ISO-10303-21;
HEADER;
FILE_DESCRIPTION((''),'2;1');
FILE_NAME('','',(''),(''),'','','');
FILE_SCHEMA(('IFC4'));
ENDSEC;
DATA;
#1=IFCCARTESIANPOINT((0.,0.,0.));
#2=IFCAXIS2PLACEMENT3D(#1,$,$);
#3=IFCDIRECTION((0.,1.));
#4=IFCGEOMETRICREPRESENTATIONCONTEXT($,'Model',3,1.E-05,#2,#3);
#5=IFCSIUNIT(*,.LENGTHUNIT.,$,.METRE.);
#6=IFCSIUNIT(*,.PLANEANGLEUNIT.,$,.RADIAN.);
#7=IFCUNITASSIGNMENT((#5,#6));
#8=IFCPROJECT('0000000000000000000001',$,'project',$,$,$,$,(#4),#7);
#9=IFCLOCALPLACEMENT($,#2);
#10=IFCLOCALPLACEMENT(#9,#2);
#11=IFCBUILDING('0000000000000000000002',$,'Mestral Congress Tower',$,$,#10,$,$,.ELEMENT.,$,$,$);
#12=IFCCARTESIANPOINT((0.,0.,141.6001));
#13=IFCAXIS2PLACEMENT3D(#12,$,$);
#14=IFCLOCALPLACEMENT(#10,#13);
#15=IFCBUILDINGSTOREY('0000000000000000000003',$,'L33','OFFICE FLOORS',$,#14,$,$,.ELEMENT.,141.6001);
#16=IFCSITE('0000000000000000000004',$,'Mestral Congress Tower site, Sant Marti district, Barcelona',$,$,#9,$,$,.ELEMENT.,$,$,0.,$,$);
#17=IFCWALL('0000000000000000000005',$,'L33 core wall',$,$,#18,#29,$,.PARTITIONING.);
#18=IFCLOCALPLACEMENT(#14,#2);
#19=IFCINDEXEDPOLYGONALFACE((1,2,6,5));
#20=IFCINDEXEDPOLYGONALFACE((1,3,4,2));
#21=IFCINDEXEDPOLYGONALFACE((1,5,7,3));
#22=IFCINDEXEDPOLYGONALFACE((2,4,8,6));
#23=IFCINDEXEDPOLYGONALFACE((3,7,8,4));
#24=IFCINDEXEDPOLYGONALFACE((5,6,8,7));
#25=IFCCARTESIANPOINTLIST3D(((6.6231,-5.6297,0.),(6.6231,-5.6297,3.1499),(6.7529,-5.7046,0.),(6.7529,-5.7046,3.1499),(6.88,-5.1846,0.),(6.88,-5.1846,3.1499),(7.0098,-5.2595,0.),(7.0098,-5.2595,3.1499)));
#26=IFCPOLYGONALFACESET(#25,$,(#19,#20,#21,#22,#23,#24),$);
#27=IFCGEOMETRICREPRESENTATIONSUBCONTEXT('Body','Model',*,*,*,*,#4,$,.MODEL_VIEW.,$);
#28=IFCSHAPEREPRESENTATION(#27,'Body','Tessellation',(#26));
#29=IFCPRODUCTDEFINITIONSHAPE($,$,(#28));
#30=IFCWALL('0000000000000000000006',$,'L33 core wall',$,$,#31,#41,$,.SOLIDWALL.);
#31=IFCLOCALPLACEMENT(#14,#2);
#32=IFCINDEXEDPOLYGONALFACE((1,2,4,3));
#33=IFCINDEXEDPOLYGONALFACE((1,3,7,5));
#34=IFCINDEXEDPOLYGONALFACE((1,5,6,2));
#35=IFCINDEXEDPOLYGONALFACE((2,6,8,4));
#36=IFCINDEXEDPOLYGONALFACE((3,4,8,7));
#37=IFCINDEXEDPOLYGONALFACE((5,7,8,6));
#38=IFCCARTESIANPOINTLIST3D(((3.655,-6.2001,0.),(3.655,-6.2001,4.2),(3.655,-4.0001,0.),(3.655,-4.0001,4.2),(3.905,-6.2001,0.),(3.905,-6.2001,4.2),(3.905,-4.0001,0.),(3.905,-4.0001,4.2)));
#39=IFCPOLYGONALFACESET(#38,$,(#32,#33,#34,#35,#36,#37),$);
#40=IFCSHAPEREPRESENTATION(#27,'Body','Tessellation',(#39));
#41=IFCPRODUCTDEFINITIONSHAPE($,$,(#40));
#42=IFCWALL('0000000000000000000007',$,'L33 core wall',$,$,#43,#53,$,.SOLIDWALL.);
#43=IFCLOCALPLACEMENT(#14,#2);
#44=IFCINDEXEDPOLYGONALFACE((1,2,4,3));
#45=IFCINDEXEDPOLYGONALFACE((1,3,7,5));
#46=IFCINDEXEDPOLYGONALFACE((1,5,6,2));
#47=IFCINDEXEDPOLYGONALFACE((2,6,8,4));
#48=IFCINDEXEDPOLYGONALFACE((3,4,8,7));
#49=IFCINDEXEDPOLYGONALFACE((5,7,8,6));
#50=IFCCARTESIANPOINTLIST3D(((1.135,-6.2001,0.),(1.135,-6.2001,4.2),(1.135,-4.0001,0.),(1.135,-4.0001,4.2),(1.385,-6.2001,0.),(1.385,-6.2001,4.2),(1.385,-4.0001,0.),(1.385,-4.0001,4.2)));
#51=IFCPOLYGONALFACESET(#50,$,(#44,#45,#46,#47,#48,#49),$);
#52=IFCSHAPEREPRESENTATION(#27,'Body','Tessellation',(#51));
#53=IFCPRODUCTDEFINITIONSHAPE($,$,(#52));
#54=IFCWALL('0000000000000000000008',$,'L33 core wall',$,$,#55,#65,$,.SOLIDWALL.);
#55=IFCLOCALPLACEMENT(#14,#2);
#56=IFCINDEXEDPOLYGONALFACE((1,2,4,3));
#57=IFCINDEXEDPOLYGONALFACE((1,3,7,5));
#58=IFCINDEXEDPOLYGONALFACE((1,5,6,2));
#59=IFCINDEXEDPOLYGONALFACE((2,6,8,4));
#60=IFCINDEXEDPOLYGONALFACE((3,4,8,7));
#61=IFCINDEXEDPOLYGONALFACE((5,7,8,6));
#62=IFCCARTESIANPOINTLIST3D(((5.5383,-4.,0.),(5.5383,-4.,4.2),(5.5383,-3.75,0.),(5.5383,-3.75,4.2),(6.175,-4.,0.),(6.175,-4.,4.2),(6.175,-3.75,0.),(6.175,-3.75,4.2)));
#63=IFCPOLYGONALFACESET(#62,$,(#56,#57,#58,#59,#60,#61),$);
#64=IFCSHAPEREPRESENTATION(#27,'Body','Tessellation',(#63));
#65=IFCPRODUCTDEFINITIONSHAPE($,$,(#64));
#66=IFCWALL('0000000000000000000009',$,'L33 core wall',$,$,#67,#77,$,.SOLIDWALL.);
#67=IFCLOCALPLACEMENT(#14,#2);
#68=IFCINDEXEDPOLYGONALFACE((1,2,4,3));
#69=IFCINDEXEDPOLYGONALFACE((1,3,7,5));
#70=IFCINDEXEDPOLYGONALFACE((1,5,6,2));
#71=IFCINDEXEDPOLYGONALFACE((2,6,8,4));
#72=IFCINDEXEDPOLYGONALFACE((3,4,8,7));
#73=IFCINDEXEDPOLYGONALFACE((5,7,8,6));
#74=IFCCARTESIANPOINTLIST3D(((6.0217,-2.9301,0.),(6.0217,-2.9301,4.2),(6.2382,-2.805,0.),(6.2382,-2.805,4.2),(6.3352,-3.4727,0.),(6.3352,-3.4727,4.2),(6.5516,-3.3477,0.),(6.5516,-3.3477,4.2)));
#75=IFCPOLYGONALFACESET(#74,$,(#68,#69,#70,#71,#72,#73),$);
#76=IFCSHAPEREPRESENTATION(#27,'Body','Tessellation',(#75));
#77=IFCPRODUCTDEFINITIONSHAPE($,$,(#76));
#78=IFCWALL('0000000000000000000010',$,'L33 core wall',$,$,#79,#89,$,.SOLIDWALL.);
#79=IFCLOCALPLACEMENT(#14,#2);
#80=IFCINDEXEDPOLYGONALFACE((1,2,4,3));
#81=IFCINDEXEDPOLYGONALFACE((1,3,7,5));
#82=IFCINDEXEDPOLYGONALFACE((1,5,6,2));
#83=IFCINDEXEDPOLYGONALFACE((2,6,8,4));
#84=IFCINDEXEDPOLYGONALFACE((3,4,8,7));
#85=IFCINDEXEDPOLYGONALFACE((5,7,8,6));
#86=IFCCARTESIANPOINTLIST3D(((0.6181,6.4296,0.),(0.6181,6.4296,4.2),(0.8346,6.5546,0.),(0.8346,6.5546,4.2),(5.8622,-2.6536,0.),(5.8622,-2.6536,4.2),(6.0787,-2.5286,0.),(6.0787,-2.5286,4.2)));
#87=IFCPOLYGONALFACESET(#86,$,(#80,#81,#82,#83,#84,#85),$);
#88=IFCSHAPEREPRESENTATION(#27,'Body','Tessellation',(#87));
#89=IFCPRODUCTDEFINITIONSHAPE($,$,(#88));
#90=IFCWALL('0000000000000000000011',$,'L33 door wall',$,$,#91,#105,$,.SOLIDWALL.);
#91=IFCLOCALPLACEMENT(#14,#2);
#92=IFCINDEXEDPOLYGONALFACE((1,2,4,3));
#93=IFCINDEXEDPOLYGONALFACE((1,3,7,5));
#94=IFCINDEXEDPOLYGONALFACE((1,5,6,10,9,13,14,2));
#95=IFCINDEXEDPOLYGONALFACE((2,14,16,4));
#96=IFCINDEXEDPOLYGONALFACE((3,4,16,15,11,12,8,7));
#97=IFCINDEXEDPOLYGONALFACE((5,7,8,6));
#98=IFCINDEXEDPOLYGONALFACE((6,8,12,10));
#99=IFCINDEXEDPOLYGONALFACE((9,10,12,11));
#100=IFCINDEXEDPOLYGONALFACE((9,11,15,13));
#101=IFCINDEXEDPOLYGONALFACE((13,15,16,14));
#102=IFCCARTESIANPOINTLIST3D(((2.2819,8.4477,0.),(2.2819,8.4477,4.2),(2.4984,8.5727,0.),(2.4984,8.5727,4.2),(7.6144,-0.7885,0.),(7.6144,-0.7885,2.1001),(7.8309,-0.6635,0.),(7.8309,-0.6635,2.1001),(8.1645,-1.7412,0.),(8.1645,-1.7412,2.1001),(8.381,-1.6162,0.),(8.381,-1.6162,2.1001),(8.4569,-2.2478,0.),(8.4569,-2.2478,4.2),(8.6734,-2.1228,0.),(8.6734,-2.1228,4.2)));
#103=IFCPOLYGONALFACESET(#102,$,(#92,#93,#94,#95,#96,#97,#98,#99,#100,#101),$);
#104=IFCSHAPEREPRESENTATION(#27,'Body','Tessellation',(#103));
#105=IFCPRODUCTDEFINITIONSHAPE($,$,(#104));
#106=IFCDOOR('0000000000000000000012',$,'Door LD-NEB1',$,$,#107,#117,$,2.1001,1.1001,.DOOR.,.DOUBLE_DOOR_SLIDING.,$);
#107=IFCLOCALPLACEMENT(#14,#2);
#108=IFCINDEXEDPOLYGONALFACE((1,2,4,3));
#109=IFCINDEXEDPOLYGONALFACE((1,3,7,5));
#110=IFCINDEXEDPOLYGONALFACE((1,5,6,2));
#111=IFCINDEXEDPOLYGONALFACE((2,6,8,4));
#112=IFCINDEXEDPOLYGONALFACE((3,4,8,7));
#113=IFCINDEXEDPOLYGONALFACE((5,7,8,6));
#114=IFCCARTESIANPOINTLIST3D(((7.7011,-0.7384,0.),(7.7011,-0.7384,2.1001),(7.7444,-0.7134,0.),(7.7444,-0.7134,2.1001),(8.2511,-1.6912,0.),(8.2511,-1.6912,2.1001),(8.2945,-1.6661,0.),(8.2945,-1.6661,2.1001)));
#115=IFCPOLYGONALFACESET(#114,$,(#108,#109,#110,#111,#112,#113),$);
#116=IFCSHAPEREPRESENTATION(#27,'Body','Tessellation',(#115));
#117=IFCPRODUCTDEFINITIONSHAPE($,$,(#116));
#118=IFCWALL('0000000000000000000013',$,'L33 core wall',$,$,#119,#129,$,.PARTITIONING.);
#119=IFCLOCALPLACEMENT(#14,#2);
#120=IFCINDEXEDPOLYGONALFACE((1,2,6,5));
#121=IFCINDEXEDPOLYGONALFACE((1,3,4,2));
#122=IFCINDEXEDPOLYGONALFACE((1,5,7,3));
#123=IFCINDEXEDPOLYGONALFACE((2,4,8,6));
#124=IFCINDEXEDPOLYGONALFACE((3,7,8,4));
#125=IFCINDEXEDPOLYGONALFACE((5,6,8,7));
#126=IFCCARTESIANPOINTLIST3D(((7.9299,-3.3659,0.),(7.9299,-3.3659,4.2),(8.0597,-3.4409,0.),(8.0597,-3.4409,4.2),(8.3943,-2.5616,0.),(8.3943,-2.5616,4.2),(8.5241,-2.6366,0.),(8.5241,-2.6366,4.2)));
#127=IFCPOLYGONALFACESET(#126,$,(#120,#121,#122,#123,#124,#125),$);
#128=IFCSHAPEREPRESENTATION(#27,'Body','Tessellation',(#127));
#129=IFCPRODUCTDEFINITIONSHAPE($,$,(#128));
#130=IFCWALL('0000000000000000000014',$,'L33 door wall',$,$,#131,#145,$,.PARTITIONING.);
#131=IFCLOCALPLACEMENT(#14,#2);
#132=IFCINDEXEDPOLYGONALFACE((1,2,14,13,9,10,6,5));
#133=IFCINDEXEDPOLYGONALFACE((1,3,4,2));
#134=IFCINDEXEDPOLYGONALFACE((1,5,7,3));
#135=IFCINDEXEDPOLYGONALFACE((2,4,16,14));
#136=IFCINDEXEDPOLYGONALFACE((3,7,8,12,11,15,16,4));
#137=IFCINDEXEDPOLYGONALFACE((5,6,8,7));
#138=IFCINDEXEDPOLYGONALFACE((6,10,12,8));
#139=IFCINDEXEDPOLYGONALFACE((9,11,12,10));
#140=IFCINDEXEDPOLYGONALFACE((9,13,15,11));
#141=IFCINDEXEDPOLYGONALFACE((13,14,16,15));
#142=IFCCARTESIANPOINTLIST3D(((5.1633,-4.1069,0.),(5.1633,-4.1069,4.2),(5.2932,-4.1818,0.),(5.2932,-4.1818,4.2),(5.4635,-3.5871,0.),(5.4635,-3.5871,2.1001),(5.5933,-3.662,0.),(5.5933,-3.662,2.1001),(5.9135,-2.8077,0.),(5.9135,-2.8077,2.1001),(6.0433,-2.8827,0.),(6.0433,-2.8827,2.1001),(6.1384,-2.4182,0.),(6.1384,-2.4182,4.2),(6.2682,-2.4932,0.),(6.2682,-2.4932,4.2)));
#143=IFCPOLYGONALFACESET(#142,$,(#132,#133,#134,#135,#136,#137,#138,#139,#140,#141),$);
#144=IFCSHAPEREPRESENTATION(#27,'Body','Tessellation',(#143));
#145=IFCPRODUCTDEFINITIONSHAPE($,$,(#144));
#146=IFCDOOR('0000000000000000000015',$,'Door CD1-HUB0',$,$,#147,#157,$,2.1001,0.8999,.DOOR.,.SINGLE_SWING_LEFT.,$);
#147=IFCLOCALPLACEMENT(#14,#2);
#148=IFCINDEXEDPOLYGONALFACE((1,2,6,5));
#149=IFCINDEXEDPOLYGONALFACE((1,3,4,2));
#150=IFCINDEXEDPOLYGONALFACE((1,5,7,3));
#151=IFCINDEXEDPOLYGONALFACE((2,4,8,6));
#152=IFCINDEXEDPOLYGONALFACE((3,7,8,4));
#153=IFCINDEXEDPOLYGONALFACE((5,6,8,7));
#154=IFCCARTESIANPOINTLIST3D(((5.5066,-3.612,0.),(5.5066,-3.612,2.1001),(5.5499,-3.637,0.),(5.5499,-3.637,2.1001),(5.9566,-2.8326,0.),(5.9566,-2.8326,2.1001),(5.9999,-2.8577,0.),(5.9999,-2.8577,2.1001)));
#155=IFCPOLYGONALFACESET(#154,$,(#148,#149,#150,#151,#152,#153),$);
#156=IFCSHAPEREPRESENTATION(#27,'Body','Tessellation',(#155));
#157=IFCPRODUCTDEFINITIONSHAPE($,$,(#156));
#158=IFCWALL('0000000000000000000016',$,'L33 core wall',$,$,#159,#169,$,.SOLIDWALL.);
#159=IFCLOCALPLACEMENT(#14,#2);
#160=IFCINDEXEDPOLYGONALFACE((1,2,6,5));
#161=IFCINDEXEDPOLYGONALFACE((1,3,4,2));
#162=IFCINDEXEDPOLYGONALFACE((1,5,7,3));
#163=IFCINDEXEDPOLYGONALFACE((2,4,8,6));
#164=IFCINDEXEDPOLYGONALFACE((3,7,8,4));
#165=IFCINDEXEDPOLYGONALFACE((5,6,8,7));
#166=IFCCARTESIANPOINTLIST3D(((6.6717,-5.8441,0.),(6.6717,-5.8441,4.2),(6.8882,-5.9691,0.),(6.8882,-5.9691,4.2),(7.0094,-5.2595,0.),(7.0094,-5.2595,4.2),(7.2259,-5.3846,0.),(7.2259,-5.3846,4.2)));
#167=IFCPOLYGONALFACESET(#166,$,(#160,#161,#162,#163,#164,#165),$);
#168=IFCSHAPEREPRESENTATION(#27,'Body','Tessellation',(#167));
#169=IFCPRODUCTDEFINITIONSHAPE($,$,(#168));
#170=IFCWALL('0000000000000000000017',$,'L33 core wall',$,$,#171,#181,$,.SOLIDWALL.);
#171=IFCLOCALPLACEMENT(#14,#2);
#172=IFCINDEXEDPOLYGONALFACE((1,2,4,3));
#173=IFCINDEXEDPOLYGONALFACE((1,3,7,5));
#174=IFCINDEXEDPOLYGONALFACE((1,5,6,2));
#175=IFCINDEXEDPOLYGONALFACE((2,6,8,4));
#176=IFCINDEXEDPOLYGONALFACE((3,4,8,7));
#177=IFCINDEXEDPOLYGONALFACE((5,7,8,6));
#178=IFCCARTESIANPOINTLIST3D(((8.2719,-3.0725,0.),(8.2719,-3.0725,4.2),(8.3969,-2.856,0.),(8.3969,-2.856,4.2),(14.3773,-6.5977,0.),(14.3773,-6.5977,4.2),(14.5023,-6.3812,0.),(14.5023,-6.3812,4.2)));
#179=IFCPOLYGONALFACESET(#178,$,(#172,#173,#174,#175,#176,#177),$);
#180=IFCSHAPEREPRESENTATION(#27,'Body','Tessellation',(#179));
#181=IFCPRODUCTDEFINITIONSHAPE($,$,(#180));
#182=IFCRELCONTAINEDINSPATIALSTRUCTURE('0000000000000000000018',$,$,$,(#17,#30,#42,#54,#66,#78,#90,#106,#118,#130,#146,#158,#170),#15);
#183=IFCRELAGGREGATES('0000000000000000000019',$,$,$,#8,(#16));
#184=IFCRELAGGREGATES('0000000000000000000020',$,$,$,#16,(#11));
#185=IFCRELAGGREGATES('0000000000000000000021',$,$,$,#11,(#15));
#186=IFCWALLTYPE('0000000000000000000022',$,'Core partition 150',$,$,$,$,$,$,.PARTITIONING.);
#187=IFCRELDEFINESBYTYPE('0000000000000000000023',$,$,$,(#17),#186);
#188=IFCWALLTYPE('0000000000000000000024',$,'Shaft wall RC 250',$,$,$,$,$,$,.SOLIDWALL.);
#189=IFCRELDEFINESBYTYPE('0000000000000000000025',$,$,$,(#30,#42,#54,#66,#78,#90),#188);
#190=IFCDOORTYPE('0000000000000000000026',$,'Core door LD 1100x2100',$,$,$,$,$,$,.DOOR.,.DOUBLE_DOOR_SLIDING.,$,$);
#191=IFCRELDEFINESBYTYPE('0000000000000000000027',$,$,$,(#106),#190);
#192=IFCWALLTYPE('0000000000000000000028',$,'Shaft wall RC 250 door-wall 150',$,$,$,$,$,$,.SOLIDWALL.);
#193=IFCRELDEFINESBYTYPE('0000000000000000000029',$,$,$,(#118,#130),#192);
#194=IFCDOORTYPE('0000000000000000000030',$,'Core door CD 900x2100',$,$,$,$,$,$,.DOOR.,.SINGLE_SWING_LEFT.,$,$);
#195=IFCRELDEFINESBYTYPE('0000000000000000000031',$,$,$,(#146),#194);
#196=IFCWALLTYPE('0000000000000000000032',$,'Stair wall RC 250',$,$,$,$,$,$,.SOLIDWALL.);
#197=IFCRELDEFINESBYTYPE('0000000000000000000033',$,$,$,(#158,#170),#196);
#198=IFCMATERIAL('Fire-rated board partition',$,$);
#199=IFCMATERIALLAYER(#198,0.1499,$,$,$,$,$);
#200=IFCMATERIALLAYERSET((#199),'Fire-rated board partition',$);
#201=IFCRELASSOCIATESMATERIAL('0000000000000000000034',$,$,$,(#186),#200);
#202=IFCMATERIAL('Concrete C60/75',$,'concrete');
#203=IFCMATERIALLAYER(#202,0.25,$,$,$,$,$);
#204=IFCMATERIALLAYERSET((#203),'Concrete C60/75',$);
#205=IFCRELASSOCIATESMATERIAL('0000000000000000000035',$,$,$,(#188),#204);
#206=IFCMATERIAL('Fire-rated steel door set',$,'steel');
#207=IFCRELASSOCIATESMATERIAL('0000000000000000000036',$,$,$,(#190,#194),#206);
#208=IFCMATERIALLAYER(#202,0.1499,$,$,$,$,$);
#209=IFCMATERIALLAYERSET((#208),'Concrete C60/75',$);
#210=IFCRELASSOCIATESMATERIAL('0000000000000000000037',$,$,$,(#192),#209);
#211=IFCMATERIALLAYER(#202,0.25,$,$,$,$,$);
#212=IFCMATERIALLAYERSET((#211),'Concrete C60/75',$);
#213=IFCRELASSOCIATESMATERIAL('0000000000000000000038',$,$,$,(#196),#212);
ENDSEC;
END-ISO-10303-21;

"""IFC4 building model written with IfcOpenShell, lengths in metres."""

from ifc_helpers import new_model, si_unit, direction, frame, frame_2d, origin, place, context, subcontext, project, spatial, rectangle, extrude, material, layer, layer_set, type_object, element, fill, save


model = new_model("IFC4")

# Units and contexts
model_context = context("Model", 3, precision=1e-05, world=origin(), true_north=direction((0.0, 1.0)))
body_context = subcontext(model_context, "Body", "Model", "MODEL_VIEW")
ifc_project = project(units=[si_unit("LENGTHUNIT", "METRE"), si_unit("PLANEANGLEUNIT", "RADIAN")], contexts=[model_context])

# Site, building, storey
site_placement = place(None, origin())
site = spatial("IfcSite", under=ifc_project, at=site_placement, Name="Mestral Congress Tower site, Sant Marti district, Barcelona", CompositionType="ELEMENT", RefElevation=0.0)
building_placement = place(site_placement, origin())
building = spatial("IfcBuilding", under=site, at=building_placement, Name="Mestral Congress Tower", CompositionType="ELEMENT")
storey_placement = place(building_placement, frame((0.0, 0.0, 141.6001)))
storey = spatial("IfcBuildingStorey", under=building, at=storey_placement, Name="L33", Description="OFFICE FLOORS", CompositionType="ELEMENT", Elevation=141.6001)

# Walls
ifc_material_1 = material(Name="Fire-rated board partition")
ifc_layer_1 = layer(ifc_material_1, 0.1499)
ifc_layer_set_1 = layer_set([ifc_layer_1], Name="Fire-rated board partition")
wall_type_1 = type_object("IfcWallType", Name="Core partition 150", PredefinedType="PARTITIONING", material=ifc_layer_set_1)
wall_1_placement = place(storey_placement, frame((6.9448, -5.2222, 0.0), z_axis=(0.0, 0.0, 1.0), x_axis=(-0.499818, -0.86613, 0.0)))
element("IfcWall", 1, at=wall_1_placement, inside=storey, type_object=wall_type_1, Name="L33 core wall", PredefinedType="PARTITIONING", context=body_context, shape_type="SweptSolid", body=[
    extrude(rectangle(XDim=0.5139, YDim=0.1499, at=frame_2d((0.2568, 0.0))), origin(), (0.0, 0.0, 1.0), 3.1499),
])
ifc_material_2 = material(Name="Concrete C60/75", Category="concrete")
ifc_layer_2 = layer(ifc_material_2, 0.25)
ifc_layer_set_2 = layer_set([ifc_layer_2], Name="Concrete C60/75")
wall_type_2 = type_object("IfcWallType", Name="Shaft wall RC 250", PredefinedType="SOLIDWALL", material=ifc_layer_set_2)
for number, where, z_axis, x_axis, name in (
    (2, (3.78, -4.0, 0.0), (0.0, 0.0, 1.0), (0.0, -1.0, 0.0), "L33 core wall"),
    (3, (1.26, -4.0, 0.0), (0.0, 0.0, 1.0), (0.0, -1.0, 0.0), "L33 core wall"),
):
    element("IfcWall", number, at=place(storey_placement, frame(where, z_axis=z_axis, x_axis=x_axis)), inside=storey, type_object=wall_type_2, Name=name, PredefinedType="SOLIDWALL", context=body_context, shape_type="SweptSolid", body=[
        extrude(rectangle(XDim=2.2, YDim=0.25, at=frame_2d((1.1001, 0.0))), origin(), (0.0, 0.0, 1.0), 4.2),
    ])
wall_2_placement = place(storey_placement, frame((5.5383, -3.875, 0.0), z_axis=(0.0, 0.0, 1.0), x_axis=(1.0, 0.0, 0.0)))
element("IfcWall", 4, at=wall_2_placement, inside=storey, type_object=wall_type_2, Name="L33 core wall", PredefinedType="SOLIDWALL", context=body_context, shape_type="SweptSolid", body=[
    extrude(rectangle(XDim=0.6367, YDim=0.25, at=frame_2d((0.3184, 0.0))), origin(), (0.0, 0.0, 1.0), 4.2),
])
wall_3_placement = place(storey_placement, frame((6.1299, -2.8674, 0.0), z_axis=(0.0, 0.0, 1.0), x_axis=(0.500161, -0.865933, 0.0)))
element("IfcWall", 5, at=wall_3_placement, inside=storey, type_object=wall_type_2, Name="L33 core wall", PredefinedType="SOLIDWALL", context=body_context, shape_type="SweptSolid", body=[
    extrude(rectangle(XDim=0.6267, YDim=0.25, at=frame_2d((0.3135, 0.0))), origin(), (0.0, 0.0, 1.0), 4.2),
])
wall_4_placement = place(storey_placement, frame((5.9705, -2.5911, 0.0), z_axis=(0.0, 0.0, 1.0), x_axis=(-0.499994, 0.866029, 0.0)))
element("IfcWall", 6, at=wall_4_placement, inside=storey, type_object=wall_type_2, Name="L33 core wall", PredefinedType="SOLIDWALL", context=body_context, shape_type="SweptSolid", body=[
    extrude(rectangle(XDim=10.4883, YDim=0.25, at=frame_2d((5.2441, 0.0))), origin(), (0.0, 0.0, 1.0), 4.2),
])

# Wall, opening, door
wall_5_placement = place(storey_placement, frame((8.5652, -2.1853, 0.0), z_axis=(0.0, 0.0, 1.0), x_axis=(-0.499998, 0.866027, 0.0)))
wall_5 = element("IfcWall", 7, at=wall_5_placement, inside=storey, type_object=wall_type_2, Name="L33 door wall", PredefinedType="SOLIDWALL", context=body_context, shape_type="SweptSolid", body=[
    extrude(rectangle(XDim=12.3501, YDim=0.25, at=frame_2d((6.175, 0.0))), origin(), (0.0, 0.0, 1.0), 4.2),
])
opening_1_placement = place(wall_5_placement, frame((0.585, 0.0, 0.0)))
opening_1 = element("IfcOpeningElement", 8, at=opening_1_placement, cuts=wall_5, PredefinedType="OPENING", context=body_context, shape_type="SweptSolid", body=[
    extrude(rectangle(XDim=1.1001, YDim=2.1001, at=frame_2d((0.55, 1.05))), frame((0.0, 0.135, 0.0), z_axis=(0.0, -1.0, 0.0), x_axis=(1.0, 0.0, 0.0)), (0.0, 0.0, 1.0), 0.27),
])
ifc_material_3 = material(Name="Fire-rated steel door set", Category="steel")
door_type_1 = type_object("IfcDoorType", Name="Core door LD 1100x2100", OperationType="DOUBLE_DOOR_SLIDING", PredefinedType="DOOR", material=ifc_material_3)
door_1_placement = place(opening_1_placement, origin())
door_1 = element("IfcDoor", 9, at=door_1_placement, inside=storey, type_object=door_type_1, Name="Door LD-NEB1", OperationType="DOUBLE_DOOR_SLIDING", OverallHeight=2.1001, OverallWidth=1.1001, PredefinedType="DOOR", context=body_context, shape_type="SweptSolid", body=[
    extrude(rectangle(XDim=1.1001, YDim=2.1001, at=frame_2d((0.55, 1.05))), frame((0.0, 0.0249, 0.0), z_axis=(0.0, -1.0, 0.0), x_axis=(1.0, 0.0, 0.0)), (0.0, 0.0, 1.0), 0.05),
])
fill(opening_1, door_1)

# Wall
ifc_layer_3 = layer(ifc_material_2, 0.1499)
ifc_layer_set_3 = layer_set([ifc_layer_3], Name="Concrete C60/75")
wall_type_3 = type_object("IfcWallType", Name="Shaft wall RC 250 door-wall 150", PredefinedType="SOLIDWALL", material=ifc_layer_set_3)
wall_6_placement = place(storey_placement, frame((8.4592, -2.5991, 0.0), z_axis=(0.0, 0.0, 1.0), x_axis=(-0.500041, -0.866002, 0.0)))
element("IfcWall", 10, at=wall_6_placement, inside=storey, type_object=wall_type_3, Name="L33 core wall", PredefinedType="PARTITIONING", context=body_context, shape_type="SweptSolid", body=[
    extrude(rectangle(XDim=0.9287, YDim=0.1499, at=frame_2d((0.4644, 0.0))), origin(), (0.0, 0.0, 1.0), 4.2),
])

# Wall, opening, door
wall_7_placement = place(storey_placement, frame((6.2034, -2.4556, 0.0), z_axis=(0.0, 0.0, 1.0), x_axis=(-0.500044, -0.866, 0.0)))
wall_7 = element("IfcWall", 11, at=wall_7_placement, inside=storey, type_object=wall_type_3, Name="L33 door wall", PredefinedType="PARTITIONING", context=body_context, shape_type="SweptSolid", body=[
    extrude(rectangle(XDim=1.95, YDim=0.1499, at=frame_2d((0.9751, 0.0))), origin(), (0.0, 0.0, 1.0), 4.2),
])
opening_2_placement = place(wall_7_placement, frame((0.45, 0.0, 0.0)))
opening_2 = element("IfcOpeningElement", 12, at=opening_2_placement, cuts=wall_7, PredefinedType="OPENING", context=body_context, shape_type="SweptSolid", body=[
    extrude(rectangle(XDim=0.8999, YDim=2.1001, at=frame_2d((0.45, 1.05))), frame((0.0, 0.085, 0.0), z_axis=(0.0, -1.0, 0.0), x_axis=(1.0, 0.0, 0.0)), (0.0, 0.0, 1.0), 0.1699),
])
door_type_2 = type_object("IfcDoorType", Name="Core door CD 900x2100", OperationType="SINGLE_SWING_LEFT", PredefinedType="DOOR", material=ifc_material_3)
door_2_placement = place(opening_2_placement, origin())
door_2 = element("IfcDoor", 13, at=door_2_placement, inside=storey, type_object=door_type_2, Name="Door CD1-HUB0", OperationType="SINGLE_SWING_LEFT", OverallHeight=2.1001, OverallWidth=0.8999, PredefinedType="DOOR", context=body_context, shape_type="SweptSolid", body=[
    extrude(rectangle(XDim=0.8999, YDim=2.1001, at=frame_2d((0.45, 1.05))), frame((0.0, 0.0249, 0.0), z_axis=(0.0, -1.0, 0.0), x_axis=(1.0, 0.0, 0.0)), (0.0, 0.0, 1.0), 0.05),
])
fill(opening_2, door_2)

# Walls
ifc_layer_4 = layer(ifc_material_2, 0.25)
ifc_layer_set_4 = layer_set([ifc_layer_4], Name="Concrete C60/75")
wall_type_4 = type_object("IfcWallType", Name="Stair wall RC 250", PredefinedType="SOLIDWALL", material=ifc_layer_set_4)
wall_8_placement = place(storey_placement, frame((6.78, -5.9065, 0.0), z_axis=(0.0, 0.0, 1.0), x_axis=(0.500223, 0.865896, 0.0)))
element("IfcWall", 14, at=wall_8_placement, inside=storey, type_object=wall_type_4, Name="L33 core wall", PredefinedType="SOLIDWALL", context=body_context, shape_type="SweptSolid", body=[
    extrude(rectangle(XDim=0.675, YDim=0.25, at=frame_2d((0.3374, 0.0))), origin(), (0.0, 0.0, 1.0), 4.2),
])
wall_9_placement = place(storey_placement, frame((8.3345, -2.9644, 0.0), z_axis=(0.0, 0.0, 1.0), x_axis=(0.866016, -0.500016, 0.0)))
element("IfcWall", 15, at=wall_9_placement, inside=storey, type_object=wall_type_4, Name="L33 core wall", PredefinedType="SOLIDWALL", context=body_context, shape_type="SweptSolid", body=[
    extrude(rectangle(XDim=7.05, YDim=0.25, at=frame_2d((3.5249, 0.0))), origin(), (0.0, 0.0, 1.0), 4.2),
])

save(model, "model.ifc")
